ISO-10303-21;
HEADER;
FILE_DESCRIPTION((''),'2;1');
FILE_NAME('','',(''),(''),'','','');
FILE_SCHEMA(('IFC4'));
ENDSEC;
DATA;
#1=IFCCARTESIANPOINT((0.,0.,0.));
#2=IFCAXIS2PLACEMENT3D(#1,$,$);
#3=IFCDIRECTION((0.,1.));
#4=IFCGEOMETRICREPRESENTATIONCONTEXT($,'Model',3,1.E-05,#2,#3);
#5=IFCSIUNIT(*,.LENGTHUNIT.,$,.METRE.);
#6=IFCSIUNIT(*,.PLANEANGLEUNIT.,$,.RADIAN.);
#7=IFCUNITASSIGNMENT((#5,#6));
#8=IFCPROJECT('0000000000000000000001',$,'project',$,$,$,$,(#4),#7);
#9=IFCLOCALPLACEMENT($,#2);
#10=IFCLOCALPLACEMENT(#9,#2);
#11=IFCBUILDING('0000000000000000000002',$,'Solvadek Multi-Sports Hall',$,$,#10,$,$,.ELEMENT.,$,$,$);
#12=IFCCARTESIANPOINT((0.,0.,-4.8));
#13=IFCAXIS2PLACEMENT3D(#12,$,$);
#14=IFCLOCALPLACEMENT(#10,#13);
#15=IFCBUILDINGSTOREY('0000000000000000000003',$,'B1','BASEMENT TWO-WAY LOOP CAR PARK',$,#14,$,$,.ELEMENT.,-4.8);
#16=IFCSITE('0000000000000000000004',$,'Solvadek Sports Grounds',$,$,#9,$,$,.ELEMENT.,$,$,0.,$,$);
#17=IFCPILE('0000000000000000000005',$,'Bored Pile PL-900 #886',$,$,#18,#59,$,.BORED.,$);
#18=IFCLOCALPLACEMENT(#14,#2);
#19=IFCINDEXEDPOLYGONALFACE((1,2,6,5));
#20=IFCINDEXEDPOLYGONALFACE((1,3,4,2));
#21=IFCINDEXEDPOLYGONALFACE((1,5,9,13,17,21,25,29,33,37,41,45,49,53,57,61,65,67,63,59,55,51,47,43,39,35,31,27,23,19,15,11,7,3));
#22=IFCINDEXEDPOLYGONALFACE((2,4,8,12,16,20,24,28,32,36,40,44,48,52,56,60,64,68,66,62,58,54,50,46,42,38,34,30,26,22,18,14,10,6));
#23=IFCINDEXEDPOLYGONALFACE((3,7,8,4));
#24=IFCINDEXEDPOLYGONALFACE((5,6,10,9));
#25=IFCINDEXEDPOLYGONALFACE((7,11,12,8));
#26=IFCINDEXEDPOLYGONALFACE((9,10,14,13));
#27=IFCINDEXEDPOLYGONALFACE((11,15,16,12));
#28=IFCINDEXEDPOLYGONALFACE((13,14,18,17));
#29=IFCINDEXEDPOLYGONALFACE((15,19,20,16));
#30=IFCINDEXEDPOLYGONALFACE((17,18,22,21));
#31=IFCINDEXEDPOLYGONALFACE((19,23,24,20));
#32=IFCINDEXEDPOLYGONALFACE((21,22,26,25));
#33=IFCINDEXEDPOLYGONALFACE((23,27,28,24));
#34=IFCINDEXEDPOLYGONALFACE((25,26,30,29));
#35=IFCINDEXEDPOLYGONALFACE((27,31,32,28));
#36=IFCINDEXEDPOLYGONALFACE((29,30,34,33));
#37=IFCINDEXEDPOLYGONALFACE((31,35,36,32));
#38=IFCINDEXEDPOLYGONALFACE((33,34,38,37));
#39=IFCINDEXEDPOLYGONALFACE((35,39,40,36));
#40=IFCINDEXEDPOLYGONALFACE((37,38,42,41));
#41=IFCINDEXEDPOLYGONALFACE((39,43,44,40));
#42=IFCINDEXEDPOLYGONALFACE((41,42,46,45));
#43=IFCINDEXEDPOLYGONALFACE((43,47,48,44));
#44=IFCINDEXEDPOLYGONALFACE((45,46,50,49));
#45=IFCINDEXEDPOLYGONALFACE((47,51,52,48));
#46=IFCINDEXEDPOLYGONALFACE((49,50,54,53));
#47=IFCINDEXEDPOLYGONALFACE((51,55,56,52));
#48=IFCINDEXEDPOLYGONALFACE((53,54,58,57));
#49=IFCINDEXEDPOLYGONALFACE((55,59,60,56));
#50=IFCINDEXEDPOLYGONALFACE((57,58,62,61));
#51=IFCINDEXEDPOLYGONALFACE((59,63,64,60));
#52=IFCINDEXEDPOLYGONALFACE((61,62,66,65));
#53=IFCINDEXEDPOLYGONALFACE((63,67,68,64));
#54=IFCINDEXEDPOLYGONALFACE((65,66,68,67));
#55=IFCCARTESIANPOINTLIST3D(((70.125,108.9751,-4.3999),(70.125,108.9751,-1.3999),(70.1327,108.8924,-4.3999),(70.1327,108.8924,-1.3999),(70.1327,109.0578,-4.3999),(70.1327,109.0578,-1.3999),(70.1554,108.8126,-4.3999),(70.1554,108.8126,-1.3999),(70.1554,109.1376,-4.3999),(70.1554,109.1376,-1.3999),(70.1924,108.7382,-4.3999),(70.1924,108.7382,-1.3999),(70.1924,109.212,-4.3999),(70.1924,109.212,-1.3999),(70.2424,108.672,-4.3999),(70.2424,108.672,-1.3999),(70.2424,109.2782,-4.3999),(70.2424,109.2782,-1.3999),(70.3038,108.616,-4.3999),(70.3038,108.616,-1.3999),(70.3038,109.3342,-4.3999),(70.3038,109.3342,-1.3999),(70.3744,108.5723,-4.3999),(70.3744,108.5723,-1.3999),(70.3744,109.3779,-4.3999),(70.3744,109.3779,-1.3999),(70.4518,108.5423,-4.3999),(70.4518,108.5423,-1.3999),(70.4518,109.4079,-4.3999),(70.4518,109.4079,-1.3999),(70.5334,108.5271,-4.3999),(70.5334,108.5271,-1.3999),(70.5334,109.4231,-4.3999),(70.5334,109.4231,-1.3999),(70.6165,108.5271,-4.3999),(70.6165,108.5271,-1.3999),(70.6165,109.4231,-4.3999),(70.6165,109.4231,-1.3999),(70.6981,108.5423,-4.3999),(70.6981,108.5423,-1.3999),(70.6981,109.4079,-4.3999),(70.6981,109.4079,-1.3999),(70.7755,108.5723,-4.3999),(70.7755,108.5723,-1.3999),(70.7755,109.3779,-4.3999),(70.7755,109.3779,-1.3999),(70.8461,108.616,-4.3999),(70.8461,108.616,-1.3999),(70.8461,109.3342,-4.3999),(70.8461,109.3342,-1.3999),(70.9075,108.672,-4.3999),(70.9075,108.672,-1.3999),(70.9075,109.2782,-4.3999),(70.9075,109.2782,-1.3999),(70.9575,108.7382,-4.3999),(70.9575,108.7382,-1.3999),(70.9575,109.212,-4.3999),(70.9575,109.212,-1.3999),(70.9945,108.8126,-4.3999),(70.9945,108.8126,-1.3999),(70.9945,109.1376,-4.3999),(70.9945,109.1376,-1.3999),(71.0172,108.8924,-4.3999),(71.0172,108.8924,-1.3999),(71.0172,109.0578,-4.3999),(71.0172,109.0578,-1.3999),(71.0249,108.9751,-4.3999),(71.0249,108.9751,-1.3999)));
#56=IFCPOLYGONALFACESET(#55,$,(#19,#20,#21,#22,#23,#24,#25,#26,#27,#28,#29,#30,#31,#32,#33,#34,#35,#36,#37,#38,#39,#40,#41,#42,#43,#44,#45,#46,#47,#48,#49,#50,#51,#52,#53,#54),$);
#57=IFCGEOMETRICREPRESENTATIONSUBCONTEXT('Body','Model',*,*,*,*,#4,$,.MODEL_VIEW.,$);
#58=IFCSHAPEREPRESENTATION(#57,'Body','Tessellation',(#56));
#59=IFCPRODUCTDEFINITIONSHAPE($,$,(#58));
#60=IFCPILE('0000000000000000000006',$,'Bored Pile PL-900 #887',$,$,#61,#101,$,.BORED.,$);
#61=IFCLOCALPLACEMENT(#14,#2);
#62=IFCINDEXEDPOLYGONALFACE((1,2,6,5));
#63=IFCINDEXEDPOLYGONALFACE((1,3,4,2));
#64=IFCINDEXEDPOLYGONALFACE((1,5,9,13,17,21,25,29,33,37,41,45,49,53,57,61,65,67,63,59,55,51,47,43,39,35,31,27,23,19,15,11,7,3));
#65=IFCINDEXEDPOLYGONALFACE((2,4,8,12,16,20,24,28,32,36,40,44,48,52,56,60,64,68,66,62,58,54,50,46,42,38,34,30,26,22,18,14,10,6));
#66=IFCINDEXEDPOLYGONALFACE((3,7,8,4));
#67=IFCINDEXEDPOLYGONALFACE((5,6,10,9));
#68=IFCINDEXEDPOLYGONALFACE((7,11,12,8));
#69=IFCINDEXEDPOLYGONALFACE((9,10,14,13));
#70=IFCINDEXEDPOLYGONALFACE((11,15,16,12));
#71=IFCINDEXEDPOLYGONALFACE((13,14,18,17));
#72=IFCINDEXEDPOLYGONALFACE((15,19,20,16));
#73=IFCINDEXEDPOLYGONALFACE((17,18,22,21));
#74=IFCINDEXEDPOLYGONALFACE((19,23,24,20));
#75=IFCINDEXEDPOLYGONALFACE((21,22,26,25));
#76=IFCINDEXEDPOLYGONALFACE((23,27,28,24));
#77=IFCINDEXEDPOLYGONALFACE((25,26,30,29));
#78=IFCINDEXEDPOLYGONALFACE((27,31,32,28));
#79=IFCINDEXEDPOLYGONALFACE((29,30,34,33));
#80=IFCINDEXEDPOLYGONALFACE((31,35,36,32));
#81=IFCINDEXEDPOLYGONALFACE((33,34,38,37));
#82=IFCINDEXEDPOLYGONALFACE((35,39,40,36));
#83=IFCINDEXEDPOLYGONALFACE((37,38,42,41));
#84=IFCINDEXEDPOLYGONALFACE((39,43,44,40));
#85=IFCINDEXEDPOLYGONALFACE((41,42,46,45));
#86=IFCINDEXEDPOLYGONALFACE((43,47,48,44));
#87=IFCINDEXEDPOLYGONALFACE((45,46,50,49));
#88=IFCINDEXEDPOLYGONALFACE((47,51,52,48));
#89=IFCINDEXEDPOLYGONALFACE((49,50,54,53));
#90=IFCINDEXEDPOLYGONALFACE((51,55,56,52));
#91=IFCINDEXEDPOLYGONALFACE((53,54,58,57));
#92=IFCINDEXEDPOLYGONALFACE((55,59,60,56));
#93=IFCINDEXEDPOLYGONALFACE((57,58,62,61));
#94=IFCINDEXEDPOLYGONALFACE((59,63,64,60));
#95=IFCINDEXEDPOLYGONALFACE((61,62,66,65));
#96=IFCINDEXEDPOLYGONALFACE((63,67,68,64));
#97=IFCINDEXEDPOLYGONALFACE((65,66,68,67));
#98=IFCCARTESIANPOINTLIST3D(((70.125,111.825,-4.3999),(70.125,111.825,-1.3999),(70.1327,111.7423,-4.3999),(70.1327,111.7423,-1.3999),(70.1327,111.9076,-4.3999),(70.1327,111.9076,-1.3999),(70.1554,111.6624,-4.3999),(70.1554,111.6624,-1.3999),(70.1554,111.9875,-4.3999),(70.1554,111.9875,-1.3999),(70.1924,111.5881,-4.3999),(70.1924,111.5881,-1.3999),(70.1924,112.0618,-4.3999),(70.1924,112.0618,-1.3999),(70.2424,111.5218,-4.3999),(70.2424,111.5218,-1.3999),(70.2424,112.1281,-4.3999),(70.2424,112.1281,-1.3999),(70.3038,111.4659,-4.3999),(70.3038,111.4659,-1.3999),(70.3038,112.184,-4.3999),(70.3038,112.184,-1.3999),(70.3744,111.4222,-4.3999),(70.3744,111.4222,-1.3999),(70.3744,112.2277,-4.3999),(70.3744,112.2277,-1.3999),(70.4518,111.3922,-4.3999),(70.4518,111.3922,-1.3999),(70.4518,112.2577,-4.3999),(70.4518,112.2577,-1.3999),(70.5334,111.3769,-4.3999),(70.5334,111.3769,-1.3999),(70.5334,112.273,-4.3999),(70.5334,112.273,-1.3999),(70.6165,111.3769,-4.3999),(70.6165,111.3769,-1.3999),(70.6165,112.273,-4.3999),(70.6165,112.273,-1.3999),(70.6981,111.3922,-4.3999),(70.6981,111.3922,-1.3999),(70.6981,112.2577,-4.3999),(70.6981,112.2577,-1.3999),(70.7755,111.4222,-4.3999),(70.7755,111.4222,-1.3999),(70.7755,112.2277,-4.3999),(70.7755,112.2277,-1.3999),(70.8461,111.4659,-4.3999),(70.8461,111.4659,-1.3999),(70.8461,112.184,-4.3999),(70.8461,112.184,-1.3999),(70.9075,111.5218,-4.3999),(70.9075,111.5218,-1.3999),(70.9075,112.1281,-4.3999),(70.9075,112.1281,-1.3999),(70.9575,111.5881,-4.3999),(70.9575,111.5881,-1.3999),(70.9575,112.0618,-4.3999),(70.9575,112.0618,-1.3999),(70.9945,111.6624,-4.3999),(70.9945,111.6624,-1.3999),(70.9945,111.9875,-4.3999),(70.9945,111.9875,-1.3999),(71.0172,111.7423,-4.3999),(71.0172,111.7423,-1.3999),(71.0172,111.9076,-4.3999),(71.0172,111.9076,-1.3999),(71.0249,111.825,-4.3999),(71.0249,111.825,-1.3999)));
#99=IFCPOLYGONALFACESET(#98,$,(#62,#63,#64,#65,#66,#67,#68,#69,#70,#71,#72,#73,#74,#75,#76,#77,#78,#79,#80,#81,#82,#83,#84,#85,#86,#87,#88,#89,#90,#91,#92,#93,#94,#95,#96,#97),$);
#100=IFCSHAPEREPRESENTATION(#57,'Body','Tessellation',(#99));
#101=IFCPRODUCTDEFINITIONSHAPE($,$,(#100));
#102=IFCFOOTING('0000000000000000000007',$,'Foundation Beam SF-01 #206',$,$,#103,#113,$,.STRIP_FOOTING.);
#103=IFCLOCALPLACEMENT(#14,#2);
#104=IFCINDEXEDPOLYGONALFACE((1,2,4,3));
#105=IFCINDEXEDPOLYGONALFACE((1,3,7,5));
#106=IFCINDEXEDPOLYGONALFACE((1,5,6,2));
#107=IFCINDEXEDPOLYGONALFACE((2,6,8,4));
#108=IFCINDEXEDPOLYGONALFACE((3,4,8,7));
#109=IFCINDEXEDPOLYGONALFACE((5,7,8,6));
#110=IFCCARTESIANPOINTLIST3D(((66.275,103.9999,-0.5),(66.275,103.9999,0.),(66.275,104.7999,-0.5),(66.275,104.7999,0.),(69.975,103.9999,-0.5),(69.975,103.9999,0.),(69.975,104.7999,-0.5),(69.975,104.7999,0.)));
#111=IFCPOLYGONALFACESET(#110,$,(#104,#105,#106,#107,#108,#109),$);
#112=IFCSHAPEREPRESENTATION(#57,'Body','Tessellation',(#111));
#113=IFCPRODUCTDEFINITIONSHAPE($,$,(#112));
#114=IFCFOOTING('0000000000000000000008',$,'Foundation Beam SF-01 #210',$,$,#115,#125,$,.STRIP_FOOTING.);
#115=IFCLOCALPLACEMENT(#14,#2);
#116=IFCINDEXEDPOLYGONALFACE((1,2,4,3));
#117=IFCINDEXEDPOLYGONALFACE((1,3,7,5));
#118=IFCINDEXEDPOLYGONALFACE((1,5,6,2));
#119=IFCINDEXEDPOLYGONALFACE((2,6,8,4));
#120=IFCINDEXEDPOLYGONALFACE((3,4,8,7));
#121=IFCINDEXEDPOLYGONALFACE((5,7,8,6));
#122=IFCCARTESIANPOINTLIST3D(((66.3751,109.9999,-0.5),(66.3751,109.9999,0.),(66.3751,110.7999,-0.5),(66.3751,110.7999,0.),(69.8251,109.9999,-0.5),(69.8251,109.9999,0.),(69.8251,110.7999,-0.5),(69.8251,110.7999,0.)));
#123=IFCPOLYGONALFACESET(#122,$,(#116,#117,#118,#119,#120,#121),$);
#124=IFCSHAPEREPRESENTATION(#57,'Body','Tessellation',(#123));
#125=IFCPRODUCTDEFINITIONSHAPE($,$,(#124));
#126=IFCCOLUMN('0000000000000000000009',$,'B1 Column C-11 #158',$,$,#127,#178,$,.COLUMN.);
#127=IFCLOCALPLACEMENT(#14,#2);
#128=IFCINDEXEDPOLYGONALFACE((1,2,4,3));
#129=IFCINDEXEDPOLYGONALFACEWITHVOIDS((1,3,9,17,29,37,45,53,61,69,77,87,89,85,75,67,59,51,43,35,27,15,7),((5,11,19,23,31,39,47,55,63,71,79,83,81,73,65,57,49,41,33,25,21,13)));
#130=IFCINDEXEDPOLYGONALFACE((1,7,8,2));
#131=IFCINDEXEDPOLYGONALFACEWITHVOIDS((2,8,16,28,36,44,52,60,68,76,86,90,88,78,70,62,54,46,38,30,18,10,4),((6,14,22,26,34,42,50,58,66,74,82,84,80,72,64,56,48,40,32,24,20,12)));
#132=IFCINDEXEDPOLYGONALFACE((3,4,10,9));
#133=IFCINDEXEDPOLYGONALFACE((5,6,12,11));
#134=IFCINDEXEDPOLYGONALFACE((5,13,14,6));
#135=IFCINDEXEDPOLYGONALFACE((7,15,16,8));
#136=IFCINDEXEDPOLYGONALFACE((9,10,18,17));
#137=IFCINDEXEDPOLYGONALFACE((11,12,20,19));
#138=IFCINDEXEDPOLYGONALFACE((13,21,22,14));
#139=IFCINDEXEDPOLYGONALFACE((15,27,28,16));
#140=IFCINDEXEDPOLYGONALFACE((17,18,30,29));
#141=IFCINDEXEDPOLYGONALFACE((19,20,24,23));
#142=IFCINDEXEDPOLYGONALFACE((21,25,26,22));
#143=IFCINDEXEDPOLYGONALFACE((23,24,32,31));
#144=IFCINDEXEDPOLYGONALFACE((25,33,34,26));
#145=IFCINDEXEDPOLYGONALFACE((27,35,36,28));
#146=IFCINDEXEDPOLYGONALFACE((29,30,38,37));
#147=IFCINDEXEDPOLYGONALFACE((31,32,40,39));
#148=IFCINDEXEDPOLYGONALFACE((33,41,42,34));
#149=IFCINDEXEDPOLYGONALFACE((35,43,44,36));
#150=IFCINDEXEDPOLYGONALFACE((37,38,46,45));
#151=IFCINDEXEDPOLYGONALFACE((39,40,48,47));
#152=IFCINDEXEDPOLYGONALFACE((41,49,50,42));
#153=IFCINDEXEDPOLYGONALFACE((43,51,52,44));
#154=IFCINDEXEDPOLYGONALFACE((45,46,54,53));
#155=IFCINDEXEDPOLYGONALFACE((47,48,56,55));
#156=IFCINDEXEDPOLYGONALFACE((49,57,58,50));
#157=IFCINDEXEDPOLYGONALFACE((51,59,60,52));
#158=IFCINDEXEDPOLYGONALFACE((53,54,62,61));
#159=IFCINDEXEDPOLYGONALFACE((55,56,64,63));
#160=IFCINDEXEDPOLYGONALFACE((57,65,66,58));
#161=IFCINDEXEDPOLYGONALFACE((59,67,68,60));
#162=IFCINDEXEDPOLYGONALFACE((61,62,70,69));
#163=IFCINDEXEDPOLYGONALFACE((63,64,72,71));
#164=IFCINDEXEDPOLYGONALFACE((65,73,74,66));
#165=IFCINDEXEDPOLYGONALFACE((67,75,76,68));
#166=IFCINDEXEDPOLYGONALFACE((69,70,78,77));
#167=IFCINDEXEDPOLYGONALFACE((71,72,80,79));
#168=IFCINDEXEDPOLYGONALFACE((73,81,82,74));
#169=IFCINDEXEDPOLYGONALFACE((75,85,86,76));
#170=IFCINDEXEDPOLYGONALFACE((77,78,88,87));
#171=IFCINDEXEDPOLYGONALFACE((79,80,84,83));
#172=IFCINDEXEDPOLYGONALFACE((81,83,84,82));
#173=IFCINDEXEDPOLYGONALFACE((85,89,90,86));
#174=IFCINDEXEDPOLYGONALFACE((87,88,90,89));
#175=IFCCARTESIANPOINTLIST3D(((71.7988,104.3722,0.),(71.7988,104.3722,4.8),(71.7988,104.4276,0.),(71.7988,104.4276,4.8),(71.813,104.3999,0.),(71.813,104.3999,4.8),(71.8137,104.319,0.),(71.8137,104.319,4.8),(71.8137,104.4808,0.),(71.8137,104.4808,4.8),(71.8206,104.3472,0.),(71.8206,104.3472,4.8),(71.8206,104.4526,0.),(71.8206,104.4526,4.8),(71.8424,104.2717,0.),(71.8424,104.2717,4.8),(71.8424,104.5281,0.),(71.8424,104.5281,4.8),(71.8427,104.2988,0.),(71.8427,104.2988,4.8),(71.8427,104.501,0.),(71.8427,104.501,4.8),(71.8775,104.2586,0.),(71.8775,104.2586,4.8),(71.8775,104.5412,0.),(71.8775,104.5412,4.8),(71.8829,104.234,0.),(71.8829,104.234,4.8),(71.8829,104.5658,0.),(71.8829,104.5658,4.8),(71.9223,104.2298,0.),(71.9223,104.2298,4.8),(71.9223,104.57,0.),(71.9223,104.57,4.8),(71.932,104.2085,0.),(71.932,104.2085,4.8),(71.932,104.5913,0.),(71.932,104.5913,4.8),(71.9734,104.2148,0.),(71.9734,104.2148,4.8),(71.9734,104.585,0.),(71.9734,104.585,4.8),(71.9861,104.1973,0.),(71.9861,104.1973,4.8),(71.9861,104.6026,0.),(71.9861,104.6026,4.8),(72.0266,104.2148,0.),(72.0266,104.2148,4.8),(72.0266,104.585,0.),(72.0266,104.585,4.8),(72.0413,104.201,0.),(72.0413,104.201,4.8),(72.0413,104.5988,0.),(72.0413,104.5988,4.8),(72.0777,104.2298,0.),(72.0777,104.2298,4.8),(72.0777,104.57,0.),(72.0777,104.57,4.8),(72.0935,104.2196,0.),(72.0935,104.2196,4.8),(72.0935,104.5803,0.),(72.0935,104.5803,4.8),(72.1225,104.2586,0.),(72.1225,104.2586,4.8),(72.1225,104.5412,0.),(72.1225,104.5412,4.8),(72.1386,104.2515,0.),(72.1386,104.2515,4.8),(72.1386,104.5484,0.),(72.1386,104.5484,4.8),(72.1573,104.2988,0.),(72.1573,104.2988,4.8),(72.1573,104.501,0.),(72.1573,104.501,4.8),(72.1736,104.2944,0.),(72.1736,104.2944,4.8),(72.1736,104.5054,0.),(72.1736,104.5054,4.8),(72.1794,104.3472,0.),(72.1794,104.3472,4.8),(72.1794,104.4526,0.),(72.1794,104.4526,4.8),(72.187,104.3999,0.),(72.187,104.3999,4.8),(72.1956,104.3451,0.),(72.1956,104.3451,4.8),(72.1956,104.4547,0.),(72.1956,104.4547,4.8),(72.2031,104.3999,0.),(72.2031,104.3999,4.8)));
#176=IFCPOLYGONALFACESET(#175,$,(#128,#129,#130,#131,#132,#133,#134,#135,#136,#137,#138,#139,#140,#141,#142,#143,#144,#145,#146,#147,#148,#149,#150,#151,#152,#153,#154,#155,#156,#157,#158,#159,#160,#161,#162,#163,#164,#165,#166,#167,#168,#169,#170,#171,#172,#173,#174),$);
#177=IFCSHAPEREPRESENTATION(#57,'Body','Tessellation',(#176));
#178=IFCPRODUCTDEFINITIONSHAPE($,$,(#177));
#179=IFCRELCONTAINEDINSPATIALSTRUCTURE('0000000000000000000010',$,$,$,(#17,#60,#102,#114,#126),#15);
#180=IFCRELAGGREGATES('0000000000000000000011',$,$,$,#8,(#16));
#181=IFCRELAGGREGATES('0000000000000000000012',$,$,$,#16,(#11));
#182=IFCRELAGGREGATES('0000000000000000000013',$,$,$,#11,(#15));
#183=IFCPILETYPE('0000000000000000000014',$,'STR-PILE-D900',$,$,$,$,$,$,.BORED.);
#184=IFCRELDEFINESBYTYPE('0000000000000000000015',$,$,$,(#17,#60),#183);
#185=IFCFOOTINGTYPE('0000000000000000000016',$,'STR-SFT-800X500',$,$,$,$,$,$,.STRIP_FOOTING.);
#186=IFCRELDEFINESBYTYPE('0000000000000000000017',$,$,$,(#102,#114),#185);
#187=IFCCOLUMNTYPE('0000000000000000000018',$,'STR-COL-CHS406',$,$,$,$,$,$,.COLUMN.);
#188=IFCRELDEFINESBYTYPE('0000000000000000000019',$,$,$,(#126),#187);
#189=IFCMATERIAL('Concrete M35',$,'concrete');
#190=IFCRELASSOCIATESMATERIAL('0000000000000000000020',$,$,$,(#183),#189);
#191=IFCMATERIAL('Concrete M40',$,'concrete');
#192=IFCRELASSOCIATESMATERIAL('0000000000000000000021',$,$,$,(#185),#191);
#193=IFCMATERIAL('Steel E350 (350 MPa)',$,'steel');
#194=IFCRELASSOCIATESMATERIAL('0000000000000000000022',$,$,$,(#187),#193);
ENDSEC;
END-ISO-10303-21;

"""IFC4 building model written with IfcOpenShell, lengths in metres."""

from ifc_helpers import new_model, si_unit, direction, frame, origin, origin_2d, place, context, subcontext, project, spatial, rectangle, circle, hollow_circle, extrude, material, material_profile, profile_set, type_object, element, save


model = new_model("IFC4")

# Units and contexts
model_context = context("Model", 3, precision=1e-05, world=origin(), true_north=direction((0.0, 1.0)))
body_context = subcontext(model_context, "Body", "Model", "MODEL_VIEW")
ifc_project = project(units=[si_unit("LENGTHUNIT", "METRE"), si_unit("PLANEANGLEUNIT", "RADIAN")], contexts=[model_context])

# Site, building, storey
site_placement = place(None, origin())
site = spatial("IfcSite", under=ifc_project, at=site_placement, Name="Solvadek Sports Grounds", CompositionType="ELEMENT", RefElevation=0.0)
building_placement = place(site_placement, origin())
building = spatial("IfcBuilding", under=site, at=building_placement, Name="Solvadek Multi-Sports Hall", CompositionType="ELEMENT")
storey_placement = place(building_placement, frame((0.0, 0.0, -4.8)))
storey = spatial("IfcBuildingStorey", under=building, at=storey_placement, Name="B1", Description="BASEMENT TWO-WAY LOOP CAR PARK", CompositionType="ELEMENT", Elevation=-4.8)

# Shared definitions
ifc_material_1 = material(Name="Concrete M40", Category="concrete")

# Piles
ifc_material_2 = material(Name="Concrete M35", Category="concrete")
ifc_material_profile_1 = material_profile(ifc_material_2, circle(Radius=0.45, at=origin_2d()), Name="BORED PILE D900")
ifc_profile_set_1 = profile_set([ifc_material_profile_1], Name="Concrete M35")
pile_type_1 = type_object("IfcPileType", Name="STR-PILE-D900", PredefinedType="BORED", material=ifc_profile_set_1)
for number, where, z_axis, x_axis, name in (
    (1, (70.575, 108.9751, -1.3999), (0.0, 0.0, -1.0), (1.0, 0.0, 0.0), "Bored Pile PL-900 #886"),
    (2, (70.575, 111.825, -1.3999), (0.0, 0.0, -1.0), (1.0, 0.0, 0.0), "Bored Pile PL-900 #887"),
):
    element("IfcPile", number, at=place(storey_placement, frame(where, z_axis=z_axis, x_axis=x_axis)), inside=storey, type_object=pile_type_1, Name=name, PredefinedType="BORED", context=body_context, shape_type="SweptSolid", body=[
        extrude(circle(Radius=0.45, at=origin_2d()), origin(), (0.0, 0.0, 1.0), 3.0),
    ])

# Footings
footing_type_1 = type_object("IfcFootingType", Name="STR-SFT-800X500", PredefinedType="STRIP_FOOTING", material=ifc_material_1)
footing_1_placement = place(storey_placement, frame((68.125, 104.3999, -0.5), z_axis=(0.0, 0.0, 1.0), x_axis=(1.0, 0.0, 0.0)))
element("IfcFooting", 3, at=footing_1_placement, inside=storey, type_object=footing_type_1, Name="Foundation Beam SF-01 #206", PredefinedType="STRIP_FOOTING", context=body_context, shape_type="SweptSolid", body=[
    extrude(rectangle(XDim=3.7, YDim=0.8, at=origin_2d()), origin(), (0.0, 0.0, 1.0), 0.5),
])
footing_2_placement = place(storey_placement, frame((68.1001, 110.3999, -0.5), z_axis=(0.0, 0.0, 1.0), x_axis=(1.0, 0.0, 0.0)))
element("IfcFooting", 4, at=footing_2_placement, inside=storey, type_object=footing_type_1, Name="Foundation Beam SF-01 #210", PredefinedType="STRIP_FOOTING", context=body_context, shape_type="SweptSolid", body=[
    extrude(rectangle(XDim=3.45, YDim=0.8, at=origin_2d()), origin(), (0.0, 0.0, 1.0), 0.5),
])

# Column
ifc_material_3 = material(Name="Steel E350 (350 MPa)", Category="steel")
ifc_material_profile_2 = material_profile(ifc_material_3, hollow_circle(Radius=0.2031, WallThickness=0.0161, at=origin_2d()), Name="CHS 406.4x16")
ifc_profile_set_2 = profile_set([ifc_material_profile_2], Name="Steel E350 (350 MPa)")
column_type = type_object("IfcColumnType", Name="STR-COL-CHS406", PredefinedType="COLUMN", material=ifc_profile_set_2)
for number, where, z_axis, x_axis, name in (
    (5, (72.0, 104.3999, 0.0), (0.0, 0.0, 1.0), (1.0, 0.0, 0.0), "B1 Column C-11 #158"),
):
    element("IfcColumn", number, at=place(storey_placement, frame(where, z_axis=z_axis, x_axis=x_axis)), inside=storey, type_object=column_type, Name=name, PredefinedType="COLUMN", context=body_context, shape_type="SweptSolid", body=[
        extrude(hollow_circle(Radius=0.2031, WallThickness=0.0161, at=origin_2d()), origin(), (0.0, 0.0, 1.0), 4.8),
    ])

save(model, "model.ifc")
